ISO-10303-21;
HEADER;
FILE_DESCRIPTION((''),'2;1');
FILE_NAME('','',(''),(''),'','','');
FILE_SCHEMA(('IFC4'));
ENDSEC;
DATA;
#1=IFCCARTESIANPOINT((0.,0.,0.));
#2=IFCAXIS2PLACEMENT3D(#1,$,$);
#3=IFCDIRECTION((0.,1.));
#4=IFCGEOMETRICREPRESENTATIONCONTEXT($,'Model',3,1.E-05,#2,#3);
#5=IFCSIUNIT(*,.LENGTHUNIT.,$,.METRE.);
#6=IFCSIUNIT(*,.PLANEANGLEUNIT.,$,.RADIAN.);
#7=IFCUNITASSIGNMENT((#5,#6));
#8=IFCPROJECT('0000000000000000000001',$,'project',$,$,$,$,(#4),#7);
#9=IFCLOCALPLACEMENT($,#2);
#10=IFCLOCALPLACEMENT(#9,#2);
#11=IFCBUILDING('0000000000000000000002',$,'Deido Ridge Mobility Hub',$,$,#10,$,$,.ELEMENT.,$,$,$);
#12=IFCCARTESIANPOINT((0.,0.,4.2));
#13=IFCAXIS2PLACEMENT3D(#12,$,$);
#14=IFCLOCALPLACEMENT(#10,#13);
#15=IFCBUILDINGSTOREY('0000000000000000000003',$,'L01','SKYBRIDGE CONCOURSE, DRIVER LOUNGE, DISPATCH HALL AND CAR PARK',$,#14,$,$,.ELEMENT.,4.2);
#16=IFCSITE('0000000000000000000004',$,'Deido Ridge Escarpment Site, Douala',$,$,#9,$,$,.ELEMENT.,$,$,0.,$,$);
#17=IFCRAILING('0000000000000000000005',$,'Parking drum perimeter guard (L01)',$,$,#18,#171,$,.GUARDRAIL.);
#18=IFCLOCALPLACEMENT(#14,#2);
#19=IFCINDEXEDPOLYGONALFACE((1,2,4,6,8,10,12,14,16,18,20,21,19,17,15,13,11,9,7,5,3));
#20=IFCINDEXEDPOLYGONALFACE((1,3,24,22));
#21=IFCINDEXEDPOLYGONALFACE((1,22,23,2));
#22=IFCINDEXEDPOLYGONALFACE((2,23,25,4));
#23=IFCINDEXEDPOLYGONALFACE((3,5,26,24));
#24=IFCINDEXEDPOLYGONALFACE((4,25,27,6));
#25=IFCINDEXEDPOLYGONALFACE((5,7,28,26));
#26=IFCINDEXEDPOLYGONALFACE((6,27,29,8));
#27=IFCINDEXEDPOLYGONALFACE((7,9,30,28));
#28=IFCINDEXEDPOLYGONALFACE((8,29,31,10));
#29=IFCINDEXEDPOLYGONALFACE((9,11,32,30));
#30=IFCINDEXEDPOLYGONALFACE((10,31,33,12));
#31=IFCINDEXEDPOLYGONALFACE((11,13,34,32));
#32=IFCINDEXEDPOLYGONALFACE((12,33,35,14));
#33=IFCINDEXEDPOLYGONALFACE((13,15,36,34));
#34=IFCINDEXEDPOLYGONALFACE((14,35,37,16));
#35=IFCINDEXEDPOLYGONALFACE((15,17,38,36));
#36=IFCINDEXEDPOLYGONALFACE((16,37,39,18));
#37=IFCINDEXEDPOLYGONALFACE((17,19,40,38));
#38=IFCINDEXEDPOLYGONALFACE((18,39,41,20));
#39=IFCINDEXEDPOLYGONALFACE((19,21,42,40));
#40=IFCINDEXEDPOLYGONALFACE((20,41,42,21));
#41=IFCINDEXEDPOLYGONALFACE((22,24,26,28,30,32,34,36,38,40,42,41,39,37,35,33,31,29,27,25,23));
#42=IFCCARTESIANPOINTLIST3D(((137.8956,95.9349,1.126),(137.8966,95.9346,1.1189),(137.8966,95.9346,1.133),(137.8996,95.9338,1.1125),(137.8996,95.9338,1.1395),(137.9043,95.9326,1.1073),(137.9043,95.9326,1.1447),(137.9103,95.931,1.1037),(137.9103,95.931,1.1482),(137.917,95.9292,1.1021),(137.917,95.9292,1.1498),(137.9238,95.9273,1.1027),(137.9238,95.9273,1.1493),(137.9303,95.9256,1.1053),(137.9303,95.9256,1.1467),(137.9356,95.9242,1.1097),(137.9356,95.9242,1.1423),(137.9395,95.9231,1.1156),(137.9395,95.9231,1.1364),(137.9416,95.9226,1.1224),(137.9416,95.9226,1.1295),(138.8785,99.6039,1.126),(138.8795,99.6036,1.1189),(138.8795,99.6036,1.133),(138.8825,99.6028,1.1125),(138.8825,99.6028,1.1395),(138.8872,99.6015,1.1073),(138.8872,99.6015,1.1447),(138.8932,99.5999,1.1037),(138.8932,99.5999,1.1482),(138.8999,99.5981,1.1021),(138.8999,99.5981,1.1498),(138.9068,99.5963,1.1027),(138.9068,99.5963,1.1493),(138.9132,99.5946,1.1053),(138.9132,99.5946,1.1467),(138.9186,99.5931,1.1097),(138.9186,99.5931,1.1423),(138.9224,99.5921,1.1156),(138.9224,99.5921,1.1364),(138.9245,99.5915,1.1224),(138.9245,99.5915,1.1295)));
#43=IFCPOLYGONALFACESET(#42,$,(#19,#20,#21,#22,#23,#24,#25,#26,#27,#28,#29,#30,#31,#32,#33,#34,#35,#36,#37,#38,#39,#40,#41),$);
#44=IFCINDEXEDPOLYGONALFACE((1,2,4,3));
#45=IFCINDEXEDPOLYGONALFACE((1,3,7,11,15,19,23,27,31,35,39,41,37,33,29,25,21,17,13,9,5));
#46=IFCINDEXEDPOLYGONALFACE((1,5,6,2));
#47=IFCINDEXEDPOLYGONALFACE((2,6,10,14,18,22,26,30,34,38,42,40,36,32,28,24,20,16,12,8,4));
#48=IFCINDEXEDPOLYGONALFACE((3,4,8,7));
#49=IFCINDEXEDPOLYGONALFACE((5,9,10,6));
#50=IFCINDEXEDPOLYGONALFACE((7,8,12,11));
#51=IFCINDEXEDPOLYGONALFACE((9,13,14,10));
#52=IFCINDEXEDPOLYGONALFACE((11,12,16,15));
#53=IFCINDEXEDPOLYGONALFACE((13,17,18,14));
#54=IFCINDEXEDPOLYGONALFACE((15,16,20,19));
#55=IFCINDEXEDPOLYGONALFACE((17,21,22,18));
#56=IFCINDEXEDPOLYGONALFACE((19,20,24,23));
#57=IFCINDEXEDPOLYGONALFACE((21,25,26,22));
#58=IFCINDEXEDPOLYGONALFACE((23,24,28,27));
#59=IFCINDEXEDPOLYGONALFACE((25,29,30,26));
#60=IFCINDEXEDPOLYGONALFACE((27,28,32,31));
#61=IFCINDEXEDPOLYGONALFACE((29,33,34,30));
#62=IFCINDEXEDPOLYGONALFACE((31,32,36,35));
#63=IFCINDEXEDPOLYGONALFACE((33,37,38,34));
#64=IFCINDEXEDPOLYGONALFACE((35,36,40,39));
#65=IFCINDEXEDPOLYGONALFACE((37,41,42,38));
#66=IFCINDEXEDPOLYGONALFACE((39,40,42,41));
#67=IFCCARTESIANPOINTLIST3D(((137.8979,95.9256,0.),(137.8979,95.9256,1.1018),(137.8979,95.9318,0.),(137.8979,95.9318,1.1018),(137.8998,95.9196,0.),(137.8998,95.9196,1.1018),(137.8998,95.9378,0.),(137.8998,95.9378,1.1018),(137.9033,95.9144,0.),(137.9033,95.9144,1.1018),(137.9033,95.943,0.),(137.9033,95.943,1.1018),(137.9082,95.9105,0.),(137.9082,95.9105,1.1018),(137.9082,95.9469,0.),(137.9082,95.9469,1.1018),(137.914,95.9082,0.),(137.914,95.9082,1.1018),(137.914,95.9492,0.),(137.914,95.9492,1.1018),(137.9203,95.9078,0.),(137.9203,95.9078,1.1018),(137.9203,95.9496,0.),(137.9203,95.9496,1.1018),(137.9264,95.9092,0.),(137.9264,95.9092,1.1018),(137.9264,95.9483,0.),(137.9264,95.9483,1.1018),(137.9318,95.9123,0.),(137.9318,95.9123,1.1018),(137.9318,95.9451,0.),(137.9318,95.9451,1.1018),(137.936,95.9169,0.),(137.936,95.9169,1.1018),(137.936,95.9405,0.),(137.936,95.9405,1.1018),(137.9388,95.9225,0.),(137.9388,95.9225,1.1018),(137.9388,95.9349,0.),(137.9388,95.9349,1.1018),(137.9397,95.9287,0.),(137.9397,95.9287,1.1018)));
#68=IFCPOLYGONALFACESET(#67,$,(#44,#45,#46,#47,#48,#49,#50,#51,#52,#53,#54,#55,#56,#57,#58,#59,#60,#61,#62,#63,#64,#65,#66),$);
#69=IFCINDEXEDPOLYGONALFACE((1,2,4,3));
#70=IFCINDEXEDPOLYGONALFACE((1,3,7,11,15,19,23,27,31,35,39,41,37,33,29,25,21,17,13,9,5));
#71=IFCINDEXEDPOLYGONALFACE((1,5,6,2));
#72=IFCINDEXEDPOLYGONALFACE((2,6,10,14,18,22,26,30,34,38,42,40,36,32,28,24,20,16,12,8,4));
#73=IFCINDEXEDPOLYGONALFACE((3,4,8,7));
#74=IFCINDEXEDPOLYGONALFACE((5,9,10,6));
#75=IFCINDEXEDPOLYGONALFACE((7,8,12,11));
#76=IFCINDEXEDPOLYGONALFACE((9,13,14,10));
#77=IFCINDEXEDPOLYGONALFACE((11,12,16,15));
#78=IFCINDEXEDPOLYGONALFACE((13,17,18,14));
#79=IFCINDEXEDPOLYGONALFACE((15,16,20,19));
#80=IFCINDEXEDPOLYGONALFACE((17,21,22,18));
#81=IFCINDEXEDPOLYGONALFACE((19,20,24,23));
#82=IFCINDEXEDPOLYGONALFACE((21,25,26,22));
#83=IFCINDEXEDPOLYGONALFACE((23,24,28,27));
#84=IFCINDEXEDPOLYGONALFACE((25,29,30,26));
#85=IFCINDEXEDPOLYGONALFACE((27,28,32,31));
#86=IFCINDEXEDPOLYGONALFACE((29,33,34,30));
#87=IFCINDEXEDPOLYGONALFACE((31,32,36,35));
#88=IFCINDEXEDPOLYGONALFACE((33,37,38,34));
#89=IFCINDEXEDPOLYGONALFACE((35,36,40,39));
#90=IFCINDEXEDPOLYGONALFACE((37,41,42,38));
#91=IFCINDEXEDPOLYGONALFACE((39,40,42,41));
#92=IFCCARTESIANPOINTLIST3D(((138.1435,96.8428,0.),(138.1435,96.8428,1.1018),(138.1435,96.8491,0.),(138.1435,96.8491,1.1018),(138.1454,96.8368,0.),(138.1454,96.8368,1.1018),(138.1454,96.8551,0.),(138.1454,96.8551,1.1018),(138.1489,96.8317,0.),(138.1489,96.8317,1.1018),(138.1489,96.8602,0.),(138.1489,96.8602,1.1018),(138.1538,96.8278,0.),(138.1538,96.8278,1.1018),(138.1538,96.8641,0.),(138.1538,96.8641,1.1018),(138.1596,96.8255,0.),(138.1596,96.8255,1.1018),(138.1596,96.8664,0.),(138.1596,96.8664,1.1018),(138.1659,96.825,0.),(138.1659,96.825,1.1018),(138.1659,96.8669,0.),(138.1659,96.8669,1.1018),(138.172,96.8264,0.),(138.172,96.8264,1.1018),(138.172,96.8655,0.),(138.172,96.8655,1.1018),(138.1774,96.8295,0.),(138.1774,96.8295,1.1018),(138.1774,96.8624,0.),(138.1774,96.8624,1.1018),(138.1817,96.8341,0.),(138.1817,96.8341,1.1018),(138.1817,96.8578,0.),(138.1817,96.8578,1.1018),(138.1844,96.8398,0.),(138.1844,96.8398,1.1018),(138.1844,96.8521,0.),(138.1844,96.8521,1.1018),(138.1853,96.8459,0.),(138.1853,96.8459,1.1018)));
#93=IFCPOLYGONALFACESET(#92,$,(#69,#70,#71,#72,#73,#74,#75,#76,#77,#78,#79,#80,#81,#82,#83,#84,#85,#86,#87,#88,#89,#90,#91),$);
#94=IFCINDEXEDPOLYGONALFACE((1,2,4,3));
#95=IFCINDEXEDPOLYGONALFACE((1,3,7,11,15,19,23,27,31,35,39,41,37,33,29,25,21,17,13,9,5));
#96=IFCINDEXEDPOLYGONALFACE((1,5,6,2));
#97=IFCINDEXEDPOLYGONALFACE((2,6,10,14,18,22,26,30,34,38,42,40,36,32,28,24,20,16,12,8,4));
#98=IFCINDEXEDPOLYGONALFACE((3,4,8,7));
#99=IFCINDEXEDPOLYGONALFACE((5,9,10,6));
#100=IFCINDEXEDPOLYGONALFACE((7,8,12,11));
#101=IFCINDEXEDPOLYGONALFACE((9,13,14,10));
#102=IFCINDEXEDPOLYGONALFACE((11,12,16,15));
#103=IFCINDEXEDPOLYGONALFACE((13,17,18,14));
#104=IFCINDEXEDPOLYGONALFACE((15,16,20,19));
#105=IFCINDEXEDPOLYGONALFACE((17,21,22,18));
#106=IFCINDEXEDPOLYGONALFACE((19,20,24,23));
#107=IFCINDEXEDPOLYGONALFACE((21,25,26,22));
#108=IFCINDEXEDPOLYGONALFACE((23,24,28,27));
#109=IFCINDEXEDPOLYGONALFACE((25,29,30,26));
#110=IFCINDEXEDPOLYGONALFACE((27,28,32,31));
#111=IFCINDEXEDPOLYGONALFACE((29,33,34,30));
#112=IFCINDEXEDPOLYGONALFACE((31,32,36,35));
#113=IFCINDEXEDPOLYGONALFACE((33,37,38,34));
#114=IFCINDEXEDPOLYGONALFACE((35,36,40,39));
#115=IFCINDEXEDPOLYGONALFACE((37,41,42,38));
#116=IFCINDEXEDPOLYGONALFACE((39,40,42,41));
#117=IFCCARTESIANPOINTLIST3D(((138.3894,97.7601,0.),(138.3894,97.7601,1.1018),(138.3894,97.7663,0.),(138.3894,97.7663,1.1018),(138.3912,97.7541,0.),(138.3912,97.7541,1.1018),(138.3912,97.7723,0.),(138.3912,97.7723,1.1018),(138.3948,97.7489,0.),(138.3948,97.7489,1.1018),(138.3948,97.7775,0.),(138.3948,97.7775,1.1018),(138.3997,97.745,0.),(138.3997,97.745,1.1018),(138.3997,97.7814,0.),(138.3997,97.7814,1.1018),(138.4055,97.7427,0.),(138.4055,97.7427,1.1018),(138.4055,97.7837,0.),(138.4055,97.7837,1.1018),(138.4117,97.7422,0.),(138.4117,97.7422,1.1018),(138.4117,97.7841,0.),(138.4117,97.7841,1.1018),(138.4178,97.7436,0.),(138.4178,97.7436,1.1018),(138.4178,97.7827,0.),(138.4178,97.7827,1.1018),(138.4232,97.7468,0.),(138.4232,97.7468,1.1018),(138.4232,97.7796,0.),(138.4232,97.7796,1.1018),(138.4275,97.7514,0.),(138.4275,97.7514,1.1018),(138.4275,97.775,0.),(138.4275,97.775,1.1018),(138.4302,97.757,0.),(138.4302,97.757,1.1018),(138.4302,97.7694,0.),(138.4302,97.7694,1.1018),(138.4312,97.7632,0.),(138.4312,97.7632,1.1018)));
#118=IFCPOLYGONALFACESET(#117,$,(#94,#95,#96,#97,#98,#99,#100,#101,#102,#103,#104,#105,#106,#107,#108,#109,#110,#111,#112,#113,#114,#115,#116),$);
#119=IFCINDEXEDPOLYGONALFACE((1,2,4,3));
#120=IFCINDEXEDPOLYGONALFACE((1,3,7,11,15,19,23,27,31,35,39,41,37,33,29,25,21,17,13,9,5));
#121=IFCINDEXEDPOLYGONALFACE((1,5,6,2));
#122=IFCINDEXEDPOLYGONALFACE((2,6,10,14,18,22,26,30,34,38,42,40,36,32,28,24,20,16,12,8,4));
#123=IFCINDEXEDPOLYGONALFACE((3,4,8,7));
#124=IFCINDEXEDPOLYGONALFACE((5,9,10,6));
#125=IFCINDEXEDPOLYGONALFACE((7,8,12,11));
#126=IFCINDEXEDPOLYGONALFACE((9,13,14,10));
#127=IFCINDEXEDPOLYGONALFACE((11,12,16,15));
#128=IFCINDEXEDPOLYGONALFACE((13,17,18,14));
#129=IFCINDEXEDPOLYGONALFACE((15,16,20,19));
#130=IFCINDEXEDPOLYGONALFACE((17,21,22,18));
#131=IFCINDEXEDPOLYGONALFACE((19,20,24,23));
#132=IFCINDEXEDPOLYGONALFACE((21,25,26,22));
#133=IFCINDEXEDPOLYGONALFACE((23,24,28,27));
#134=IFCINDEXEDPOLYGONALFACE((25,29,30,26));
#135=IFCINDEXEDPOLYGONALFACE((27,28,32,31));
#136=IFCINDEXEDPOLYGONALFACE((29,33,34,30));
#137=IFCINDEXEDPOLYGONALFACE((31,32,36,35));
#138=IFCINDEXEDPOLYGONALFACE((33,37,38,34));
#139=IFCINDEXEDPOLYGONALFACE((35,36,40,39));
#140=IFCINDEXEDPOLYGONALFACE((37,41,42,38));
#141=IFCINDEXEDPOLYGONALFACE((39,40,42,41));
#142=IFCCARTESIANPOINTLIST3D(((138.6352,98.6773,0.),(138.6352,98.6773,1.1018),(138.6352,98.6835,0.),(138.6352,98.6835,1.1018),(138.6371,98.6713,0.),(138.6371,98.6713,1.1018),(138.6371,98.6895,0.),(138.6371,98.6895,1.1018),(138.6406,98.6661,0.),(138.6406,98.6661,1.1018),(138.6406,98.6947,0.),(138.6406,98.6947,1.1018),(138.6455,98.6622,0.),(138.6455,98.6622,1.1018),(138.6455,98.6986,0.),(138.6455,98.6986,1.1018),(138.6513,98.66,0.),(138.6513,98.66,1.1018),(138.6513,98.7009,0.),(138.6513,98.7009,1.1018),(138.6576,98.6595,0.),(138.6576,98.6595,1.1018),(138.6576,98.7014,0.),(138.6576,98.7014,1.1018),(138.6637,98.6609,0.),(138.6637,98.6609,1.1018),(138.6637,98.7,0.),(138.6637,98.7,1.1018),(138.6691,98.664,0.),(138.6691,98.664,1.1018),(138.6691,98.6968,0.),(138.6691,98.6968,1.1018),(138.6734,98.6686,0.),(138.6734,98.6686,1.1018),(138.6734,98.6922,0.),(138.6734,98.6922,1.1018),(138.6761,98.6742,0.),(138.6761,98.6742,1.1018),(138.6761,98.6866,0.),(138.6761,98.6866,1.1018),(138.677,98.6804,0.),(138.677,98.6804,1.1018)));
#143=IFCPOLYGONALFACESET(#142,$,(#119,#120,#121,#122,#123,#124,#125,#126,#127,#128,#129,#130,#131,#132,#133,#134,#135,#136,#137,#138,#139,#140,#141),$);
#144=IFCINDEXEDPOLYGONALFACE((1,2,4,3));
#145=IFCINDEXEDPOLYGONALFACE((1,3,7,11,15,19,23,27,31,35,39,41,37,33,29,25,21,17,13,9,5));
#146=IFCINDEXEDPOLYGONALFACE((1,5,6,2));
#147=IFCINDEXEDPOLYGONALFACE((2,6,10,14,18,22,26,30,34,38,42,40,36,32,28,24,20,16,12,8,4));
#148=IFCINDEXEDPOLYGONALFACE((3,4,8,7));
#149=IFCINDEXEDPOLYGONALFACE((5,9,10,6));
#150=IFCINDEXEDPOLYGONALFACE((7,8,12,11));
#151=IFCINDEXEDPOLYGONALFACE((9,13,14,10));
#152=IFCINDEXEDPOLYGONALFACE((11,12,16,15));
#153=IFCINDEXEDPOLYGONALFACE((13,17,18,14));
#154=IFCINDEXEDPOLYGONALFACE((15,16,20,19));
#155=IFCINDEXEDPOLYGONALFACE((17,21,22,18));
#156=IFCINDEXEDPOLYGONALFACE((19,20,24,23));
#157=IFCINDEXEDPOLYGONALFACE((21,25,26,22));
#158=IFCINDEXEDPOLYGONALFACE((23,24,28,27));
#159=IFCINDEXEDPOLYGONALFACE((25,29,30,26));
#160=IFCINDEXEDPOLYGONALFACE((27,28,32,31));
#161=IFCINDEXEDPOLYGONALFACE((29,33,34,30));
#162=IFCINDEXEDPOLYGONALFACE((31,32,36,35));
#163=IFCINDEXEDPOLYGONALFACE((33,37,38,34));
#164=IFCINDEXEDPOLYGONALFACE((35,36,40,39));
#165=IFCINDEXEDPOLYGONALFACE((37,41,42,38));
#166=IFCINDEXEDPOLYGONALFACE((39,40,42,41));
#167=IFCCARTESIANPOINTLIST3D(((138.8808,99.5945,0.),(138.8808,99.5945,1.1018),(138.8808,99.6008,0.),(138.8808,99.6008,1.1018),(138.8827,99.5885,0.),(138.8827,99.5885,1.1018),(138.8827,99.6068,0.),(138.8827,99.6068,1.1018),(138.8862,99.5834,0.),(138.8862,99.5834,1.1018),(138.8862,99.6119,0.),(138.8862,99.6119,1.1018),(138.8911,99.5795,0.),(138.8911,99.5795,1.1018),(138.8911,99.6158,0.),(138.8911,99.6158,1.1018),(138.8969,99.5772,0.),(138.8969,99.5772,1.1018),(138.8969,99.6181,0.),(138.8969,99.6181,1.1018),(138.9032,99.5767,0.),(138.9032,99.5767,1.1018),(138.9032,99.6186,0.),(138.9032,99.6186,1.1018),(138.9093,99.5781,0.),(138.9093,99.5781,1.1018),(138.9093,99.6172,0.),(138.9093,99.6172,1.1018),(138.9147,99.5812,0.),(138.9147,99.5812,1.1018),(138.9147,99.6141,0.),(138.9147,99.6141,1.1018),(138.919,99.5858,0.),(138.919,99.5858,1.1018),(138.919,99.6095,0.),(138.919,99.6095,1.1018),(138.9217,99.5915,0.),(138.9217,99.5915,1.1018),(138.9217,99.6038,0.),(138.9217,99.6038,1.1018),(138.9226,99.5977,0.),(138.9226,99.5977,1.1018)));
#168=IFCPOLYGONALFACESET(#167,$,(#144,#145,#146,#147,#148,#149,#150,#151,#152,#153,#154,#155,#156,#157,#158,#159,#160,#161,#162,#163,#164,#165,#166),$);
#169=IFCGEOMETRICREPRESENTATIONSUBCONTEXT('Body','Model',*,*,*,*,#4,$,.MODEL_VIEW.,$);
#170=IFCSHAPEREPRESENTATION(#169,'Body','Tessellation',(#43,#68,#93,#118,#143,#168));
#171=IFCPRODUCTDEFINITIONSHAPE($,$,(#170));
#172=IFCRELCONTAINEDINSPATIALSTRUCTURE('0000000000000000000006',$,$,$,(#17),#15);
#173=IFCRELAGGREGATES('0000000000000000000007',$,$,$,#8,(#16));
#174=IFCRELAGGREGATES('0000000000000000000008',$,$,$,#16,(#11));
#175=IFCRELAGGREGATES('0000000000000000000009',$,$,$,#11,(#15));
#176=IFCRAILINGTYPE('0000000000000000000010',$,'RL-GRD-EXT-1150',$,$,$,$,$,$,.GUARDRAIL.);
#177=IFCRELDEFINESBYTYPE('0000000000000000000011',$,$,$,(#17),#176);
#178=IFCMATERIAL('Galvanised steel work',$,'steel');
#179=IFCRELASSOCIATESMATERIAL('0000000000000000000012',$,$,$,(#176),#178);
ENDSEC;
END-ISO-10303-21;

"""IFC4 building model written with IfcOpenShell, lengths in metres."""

from ifc_helpers import new_model, si_unit, direction, frame, origin, origin_2d, place, context, subcontext, project, spatial, circle, extrude, material, type_object, element, save


model = new_model("IFC4")

# Units and contexts
model_context = context("Model", 3, precision=1e-05, world=origin(), true_north=direction((0.0, 1.0)))
body_context = subcontext(model_context, "Body", "Model", "MODEL_VIEW")
ifc_project = project(units=[si_unit("LENGTHUNIT", "METRE"), si_unit("PLANEANGLEUNIT", "RADIAN")], contexts=[model_context])

# Site, building, storey
site_placement = place(None, origin())
site = spatial("IfcSite", under=ifc_project, at=site_placement, Name="Deido Ridge Escarpment Site, Douala", CompositionType="ELEMENT", RefElevation=0.0)
building_placement = place(site_placement, origin())
building = spatial("IfcBuilding", under=site, at=building_placement, Name="Deido Ridge Mobility Hub", CompositionType="ELEMENT")
storey_placement = place(building_placement, frame((0.0, 0.0, 4.2)))
storey = spatial("IfcBuildingStorey", under=building, at=storey_placement, Name="L01", Description="SKYBRIDGE CONCOURSE, DRIVER LOUNGE, DISPATCH HALL AND CAR PARK", CompositionType="ELEMENT", Elevation=4.2)

# Railing
ifc_material_1 = material(Name="Galvanised steel work", Category="steel")
railing_type = type_object("IfcRailingType", Name="RL-GRD-EXT-1150", PredefinedType="GUARDRAIL", material=ifc_material_1)
railing_1_placement = place(storey_placement, frame((137.9187, 95.9287, 0.0)))
element("IfcRailing", 1, at=railing_1_placement, inside=storey, type_object=railing_type, Name="Parking drum perimeter guard (L01)", PredefinedType="GUARDRAIL", context=body_context, shape_type="SweptSolid", body=[
    extrude(circle(Radius=0.0239, at=origin_2d()), frame((0.0, 0.0, 1.126), z_axis=(0.258775, 0.965938, 0.0), x_axis=(-0.965938, 0.258775, 0.0)), (0.0, 0.0, 1.0), 3.7983),
    extrude(circle(Radius=0.021, at=origin_2d()), origin(), (0.0, 0.0, 1.0), 1.1018),
    extrude(circle(Radius=0.021, at=origin_2d()), frame((0.2456, 0.9172, 0.0)), (0.0, 0.0, 1.0), 1.1018),
    extrude(circle(Radius=0.021, at=origin_2d()), frame((0.4915, 1.8345, 0.0)), (0.0, 0.0, 1.0), 1.1018),
    extrude(circle(Radius=0.021, at=origin_2d()), frame((0.7373, 2.7517, 0.0)), (0.0, 0.0, 1.0), 1.1018),
    extrude(circle(Radius=0.021, at=origin_2d()), frame((0.9829, 3.6689, 0.0)), (0.0, 0.0, 1.0), 1.1018),
])

save(model, "model.ifc")
